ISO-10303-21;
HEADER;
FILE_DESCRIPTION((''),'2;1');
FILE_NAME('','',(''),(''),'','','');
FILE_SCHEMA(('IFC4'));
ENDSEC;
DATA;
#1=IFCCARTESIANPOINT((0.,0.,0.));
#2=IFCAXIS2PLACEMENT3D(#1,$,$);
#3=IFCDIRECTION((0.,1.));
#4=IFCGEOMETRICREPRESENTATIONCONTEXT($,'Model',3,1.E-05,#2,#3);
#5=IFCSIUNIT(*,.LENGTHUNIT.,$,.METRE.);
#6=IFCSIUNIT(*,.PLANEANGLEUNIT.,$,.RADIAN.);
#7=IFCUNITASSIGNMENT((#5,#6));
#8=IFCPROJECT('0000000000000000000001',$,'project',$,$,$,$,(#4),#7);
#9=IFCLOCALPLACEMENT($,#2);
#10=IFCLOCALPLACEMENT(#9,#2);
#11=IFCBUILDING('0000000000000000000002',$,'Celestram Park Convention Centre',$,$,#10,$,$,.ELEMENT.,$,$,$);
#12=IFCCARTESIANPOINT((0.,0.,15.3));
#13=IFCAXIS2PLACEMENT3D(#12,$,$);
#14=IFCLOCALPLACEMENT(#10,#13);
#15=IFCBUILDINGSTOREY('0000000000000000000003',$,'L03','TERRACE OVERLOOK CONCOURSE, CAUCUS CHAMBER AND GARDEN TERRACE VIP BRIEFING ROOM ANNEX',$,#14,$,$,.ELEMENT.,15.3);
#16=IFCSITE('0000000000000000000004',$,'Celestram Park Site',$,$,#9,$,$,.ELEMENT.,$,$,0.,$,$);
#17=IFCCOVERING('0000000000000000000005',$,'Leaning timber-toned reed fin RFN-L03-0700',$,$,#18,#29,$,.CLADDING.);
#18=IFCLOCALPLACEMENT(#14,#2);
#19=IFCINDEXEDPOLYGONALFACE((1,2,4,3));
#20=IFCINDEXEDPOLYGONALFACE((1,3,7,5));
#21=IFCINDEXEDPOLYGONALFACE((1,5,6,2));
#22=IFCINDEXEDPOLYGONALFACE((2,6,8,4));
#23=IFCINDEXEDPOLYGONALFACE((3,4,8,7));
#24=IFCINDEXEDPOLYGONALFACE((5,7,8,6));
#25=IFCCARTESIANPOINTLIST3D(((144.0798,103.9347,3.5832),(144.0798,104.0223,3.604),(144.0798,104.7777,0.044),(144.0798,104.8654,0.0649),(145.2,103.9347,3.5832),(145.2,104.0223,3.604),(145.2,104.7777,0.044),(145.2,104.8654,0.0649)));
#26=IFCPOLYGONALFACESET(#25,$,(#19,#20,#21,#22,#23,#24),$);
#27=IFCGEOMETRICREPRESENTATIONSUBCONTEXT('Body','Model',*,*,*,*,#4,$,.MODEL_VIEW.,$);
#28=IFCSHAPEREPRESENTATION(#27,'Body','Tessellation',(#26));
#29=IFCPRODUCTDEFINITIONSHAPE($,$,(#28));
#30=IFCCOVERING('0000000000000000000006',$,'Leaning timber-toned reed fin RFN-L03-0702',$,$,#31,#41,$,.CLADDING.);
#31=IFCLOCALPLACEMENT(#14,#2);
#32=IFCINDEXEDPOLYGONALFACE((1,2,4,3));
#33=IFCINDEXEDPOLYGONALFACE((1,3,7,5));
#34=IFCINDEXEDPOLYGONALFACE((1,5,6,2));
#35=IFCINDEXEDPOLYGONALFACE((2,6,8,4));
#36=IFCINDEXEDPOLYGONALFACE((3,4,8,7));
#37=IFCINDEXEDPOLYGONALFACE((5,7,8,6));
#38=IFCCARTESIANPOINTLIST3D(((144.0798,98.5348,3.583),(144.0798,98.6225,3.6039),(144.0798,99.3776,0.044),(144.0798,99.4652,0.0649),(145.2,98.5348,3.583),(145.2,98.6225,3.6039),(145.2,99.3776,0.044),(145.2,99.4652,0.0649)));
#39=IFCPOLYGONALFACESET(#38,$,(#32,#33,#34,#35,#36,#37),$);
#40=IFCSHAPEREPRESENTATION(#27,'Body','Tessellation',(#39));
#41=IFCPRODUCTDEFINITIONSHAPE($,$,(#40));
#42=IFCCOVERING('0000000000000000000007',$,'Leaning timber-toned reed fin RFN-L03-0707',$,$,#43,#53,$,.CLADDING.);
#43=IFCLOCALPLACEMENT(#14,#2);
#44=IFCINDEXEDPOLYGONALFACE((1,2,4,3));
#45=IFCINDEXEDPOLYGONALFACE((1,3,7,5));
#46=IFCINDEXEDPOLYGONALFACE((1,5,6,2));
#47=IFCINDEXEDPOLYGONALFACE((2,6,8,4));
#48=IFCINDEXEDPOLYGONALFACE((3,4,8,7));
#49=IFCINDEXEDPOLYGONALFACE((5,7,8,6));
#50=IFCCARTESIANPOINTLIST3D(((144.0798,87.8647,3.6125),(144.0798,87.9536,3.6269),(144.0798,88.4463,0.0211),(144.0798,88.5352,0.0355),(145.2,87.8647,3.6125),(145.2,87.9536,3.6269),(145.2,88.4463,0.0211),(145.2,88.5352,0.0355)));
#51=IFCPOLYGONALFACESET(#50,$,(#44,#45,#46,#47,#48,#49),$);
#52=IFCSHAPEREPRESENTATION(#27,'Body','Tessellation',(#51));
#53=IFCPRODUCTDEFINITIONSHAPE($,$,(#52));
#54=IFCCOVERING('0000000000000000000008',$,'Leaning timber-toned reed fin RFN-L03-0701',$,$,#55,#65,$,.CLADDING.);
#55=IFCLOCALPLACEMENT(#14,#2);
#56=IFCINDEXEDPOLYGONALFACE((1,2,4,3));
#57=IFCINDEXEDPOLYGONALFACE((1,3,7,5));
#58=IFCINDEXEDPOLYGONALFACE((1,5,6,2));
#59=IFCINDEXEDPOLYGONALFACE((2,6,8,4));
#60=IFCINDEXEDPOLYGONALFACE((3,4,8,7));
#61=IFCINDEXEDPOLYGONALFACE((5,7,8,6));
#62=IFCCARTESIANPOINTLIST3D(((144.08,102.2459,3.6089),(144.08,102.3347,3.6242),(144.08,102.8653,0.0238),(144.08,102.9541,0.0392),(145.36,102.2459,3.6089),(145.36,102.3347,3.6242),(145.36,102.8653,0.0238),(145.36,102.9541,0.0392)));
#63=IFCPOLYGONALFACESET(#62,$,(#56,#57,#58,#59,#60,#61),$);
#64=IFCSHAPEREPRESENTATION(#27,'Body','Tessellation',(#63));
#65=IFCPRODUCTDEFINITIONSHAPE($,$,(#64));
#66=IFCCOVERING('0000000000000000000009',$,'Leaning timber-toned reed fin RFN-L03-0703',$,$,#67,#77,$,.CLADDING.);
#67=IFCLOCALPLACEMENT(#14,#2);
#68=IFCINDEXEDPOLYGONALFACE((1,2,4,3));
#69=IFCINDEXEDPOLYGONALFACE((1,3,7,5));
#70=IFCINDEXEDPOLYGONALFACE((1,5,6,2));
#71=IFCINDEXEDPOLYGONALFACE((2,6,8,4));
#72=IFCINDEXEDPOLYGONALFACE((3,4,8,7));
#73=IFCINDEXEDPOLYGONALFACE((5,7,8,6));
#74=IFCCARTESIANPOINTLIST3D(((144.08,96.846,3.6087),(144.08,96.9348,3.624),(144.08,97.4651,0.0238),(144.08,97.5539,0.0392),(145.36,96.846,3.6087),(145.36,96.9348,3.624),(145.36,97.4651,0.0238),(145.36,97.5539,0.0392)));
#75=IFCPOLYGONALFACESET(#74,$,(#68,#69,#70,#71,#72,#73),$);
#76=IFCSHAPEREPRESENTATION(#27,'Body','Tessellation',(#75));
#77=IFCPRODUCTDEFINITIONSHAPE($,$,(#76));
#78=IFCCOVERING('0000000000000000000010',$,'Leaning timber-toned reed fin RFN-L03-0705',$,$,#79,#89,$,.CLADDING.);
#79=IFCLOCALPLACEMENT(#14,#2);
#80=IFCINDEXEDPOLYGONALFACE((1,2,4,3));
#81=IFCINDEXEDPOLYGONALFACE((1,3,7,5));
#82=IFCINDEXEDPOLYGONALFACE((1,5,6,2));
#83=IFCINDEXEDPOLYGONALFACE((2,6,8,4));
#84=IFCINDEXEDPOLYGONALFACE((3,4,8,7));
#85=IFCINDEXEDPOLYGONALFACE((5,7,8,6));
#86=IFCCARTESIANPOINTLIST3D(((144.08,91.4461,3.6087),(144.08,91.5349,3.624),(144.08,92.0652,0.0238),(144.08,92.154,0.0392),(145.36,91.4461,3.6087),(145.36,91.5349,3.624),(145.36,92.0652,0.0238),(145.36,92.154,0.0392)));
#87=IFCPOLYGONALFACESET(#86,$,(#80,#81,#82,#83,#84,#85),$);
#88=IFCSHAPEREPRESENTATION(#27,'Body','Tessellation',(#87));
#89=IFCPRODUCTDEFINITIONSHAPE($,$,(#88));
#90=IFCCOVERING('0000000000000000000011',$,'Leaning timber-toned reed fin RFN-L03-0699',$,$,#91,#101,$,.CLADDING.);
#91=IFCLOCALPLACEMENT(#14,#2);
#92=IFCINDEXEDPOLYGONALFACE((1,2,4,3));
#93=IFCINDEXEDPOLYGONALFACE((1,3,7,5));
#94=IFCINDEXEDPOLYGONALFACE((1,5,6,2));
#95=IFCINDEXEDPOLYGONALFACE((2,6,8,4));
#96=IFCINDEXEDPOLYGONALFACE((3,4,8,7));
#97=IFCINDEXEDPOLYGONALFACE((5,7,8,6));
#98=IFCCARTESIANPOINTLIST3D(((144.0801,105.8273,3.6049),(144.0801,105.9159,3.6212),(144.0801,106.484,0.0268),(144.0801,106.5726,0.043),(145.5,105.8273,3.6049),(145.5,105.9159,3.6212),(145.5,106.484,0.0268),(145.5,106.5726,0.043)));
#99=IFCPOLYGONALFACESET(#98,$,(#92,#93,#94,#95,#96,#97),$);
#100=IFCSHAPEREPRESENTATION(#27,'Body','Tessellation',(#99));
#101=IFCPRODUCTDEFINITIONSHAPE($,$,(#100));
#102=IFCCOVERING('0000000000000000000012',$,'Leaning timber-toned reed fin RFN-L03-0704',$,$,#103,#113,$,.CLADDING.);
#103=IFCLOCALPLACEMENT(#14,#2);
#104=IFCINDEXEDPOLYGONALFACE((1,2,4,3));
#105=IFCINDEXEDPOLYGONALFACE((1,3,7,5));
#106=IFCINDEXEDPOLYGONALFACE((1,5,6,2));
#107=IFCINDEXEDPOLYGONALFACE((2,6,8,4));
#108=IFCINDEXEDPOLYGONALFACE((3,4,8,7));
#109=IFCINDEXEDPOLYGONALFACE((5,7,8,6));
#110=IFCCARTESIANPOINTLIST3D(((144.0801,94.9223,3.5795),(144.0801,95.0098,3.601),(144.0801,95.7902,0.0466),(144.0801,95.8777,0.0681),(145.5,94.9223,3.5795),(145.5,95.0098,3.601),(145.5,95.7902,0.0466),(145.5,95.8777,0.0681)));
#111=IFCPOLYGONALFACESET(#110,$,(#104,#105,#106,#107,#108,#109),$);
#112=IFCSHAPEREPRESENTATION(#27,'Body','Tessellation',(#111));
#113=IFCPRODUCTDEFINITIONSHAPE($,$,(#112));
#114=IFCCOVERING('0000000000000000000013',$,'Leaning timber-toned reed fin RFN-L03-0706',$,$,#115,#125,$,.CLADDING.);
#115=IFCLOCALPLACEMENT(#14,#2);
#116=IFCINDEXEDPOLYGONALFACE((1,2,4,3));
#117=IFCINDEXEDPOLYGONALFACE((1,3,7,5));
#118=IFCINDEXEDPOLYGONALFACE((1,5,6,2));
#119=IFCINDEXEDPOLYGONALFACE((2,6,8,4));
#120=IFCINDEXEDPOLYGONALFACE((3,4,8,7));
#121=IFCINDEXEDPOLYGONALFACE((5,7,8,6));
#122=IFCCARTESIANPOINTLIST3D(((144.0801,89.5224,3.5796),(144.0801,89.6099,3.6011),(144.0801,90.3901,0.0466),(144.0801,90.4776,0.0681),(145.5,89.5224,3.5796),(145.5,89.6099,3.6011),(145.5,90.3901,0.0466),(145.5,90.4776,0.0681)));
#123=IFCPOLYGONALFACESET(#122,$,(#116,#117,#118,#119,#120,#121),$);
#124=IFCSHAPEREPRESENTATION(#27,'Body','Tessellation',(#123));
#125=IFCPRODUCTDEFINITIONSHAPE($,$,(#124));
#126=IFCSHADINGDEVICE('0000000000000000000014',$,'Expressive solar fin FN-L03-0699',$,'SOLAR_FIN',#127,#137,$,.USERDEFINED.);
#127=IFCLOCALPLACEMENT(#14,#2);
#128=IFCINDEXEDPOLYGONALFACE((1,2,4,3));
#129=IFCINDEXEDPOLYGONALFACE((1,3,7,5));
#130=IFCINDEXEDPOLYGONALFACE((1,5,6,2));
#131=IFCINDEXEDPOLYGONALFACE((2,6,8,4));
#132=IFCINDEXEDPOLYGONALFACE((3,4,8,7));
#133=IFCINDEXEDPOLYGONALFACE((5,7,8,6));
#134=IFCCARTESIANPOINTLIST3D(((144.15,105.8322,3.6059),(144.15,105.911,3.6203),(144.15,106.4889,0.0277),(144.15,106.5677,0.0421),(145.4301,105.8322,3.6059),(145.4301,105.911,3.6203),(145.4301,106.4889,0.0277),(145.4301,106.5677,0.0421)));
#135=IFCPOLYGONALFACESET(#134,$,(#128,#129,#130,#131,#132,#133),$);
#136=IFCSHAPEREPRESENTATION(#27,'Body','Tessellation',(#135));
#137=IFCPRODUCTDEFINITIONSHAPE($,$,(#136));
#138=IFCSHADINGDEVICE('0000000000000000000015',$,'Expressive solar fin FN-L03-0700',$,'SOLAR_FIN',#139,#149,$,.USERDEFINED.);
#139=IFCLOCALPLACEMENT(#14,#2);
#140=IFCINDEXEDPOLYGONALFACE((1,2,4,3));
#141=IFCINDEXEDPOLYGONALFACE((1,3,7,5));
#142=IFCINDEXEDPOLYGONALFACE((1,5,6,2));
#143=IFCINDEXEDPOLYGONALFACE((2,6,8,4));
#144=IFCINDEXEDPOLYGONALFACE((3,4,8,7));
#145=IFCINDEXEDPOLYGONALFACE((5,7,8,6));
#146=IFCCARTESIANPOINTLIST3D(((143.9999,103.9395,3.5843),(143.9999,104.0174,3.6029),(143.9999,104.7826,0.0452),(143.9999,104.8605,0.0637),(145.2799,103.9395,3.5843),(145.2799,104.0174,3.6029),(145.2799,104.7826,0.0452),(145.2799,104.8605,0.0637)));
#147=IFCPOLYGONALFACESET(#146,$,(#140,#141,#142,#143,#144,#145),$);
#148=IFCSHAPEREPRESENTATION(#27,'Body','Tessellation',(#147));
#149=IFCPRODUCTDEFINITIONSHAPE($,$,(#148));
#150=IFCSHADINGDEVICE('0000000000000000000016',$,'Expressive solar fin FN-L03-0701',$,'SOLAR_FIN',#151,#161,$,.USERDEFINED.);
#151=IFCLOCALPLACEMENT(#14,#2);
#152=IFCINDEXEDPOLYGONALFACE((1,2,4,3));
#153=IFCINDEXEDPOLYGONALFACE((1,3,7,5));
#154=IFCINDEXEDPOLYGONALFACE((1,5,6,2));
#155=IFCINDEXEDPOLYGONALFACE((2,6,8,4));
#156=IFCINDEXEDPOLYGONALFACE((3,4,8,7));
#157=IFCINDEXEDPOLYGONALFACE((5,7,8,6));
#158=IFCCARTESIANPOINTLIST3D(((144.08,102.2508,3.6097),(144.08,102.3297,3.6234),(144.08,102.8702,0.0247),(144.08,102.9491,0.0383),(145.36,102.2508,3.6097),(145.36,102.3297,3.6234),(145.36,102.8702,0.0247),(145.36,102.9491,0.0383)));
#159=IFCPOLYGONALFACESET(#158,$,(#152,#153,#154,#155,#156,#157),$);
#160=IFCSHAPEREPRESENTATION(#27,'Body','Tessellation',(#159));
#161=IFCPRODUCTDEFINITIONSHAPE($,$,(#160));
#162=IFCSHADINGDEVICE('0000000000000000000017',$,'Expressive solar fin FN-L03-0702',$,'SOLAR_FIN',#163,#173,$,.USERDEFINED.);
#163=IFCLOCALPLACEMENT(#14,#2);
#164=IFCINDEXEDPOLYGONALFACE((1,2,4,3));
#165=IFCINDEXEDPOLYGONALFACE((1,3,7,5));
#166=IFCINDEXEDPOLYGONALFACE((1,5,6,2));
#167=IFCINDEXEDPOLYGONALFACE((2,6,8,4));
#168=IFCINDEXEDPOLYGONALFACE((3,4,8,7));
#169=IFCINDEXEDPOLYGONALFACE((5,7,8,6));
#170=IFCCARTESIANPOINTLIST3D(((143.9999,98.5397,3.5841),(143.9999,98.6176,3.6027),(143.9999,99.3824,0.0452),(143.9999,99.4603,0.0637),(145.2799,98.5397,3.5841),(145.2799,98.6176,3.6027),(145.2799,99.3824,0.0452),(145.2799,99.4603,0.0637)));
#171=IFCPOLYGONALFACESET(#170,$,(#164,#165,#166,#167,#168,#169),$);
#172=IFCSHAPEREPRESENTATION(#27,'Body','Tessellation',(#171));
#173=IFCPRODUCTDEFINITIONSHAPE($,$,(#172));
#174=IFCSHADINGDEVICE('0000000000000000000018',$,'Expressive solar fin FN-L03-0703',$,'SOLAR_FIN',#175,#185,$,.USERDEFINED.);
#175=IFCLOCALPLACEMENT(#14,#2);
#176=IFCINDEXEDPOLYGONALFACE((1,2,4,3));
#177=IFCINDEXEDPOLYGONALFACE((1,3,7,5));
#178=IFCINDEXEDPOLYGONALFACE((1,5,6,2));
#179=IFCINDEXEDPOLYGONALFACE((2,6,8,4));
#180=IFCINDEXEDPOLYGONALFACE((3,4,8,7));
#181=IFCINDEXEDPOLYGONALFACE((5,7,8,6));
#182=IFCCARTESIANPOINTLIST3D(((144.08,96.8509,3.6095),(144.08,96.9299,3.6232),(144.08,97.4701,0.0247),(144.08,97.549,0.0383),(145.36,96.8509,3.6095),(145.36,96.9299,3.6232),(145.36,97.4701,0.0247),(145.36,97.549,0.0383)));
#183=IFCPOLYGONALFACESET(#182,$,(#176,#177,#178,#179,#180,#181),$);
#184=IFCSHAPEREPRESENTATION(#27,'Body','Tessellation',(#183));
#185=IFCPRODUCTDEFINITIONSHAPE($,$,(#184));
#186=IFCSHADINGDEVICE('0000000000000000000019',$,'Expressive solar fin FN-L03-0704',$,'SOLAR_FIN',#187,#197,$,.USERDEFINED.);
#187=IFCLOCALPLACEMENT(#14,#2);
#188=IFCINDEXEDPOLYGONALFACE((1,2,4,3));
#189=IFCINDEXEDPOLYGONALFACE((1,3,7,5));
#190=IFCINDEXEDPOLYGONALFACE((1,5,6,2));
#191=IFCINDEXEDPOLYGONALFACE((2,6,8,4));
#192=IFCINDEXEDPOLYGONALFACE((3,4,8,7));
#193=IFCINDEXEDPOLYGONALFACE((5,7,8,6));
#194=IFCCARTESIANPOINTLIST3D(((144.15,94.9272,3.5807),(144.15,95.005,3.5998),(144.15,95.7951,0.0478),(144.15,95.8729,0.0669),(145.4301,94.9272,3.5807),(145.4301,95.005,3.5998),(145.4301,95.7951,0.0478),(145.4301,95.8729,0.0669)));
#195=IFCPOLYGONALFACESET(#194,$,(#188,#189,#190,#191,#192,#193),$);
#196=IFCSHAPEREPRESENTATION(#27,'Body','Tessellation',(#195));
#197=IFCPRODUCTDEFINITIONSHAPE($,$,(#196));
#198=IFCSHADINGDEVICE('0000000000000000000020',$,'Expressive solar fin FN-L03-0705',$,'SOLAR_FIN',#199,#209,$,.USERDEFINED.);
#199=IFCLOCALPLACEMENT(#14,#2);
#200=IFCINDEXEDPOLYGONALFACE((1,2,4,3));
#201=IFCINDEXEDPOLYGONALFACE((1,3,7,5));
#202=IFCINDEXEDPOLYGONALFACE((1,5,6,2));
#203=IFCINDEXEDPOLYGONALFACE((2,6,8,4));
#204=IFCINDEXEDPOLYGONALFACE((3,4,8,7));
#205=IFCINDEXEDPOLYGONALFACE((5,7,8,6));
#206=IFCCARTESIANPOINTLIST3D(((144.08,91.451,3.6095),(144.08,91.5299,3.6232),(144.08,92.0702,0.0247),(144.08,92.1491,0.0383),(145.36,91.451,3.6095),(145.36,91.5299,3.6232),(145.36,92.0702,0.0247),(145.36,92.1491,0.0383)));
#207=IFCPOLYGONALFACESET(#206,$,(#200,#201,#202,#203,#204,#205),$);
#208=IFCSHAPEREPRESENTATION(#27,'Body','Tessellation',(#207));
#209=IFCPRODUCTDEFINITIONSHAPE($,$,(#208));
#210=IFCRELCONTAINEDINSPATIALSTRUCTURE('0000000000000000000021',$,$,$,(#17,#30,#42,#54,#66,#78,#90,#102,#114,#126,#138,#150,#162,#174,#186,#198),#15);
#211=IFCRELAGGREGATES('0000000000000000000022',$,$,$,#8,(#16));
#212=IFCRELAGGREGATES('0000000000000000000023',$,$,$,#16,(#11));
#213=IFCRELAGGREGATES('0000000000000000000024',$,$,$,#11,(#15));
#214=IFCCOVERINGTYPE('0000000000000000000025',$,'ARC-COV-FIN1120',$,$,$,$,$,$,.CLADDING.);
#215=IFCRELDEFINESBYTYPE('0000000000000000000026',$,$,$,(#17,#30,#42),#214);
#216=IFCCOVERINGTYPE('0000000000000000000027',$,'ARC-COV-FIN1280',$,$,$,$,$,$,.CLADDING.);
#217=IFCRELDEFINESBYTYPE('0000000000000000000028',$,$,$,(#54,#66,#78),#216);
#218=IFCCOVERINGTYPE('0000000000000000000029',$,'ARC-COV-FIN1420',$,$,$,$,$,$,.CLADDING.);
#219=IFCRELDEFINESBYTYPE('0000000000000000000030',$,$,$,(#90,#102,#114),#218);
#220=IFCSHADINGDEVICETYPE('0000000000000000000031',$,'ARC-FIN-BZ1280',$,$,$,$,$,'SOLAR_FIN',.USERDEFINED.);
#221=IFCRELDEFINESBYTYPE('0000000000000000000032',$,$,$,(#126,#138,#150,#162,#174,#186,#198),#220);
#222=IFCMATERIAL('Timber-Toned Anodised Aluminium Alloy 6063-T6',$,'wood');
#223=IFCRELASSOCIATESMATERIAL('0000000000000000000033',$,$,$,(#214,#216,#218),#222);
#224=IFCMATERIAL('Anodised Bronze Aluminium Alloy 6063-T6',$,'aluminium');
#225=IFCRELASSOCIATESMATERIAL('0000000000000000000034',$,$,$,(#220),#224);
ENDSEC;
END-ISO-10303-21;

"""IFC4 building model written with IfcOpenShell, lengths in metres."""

from ifc_helpers import new_model, si_unit, direction, frame, origin, origin_2d, place, context, subcontext, project, spatial, rectangle, extrude, material, material_profile, profile_set, type_object, element, save


model = new_model("IFC4")

# Units and contexts
model_context = context("Model", 3, precision=1e-05, world=origin(), true_north=direction((0.0, 1.0)))
body_context = subcontext(model_context, "Body", "Model", "MODEL_VIEW")
ifc_project = project(units=[si_unit("LENGTHUNIT", "METRE"), si_unit("PLANEANGLEUNIT", "RADIAN")], contexts=[model_context])

# Site, building, storey
site_placement = place(None, origin())
site = spatial("IfcSite", under=ifc_project, at=site_placement, Name="Celestram Park Site", CompositionType="ELEMENT", RefElevation=0.0)
building_placement = place(site_placement, origin())
building = spatial("IfcBuilding", under=site, at=building_placement, Name="Celestram Park Convention Centre", CompositionType="ELEMENT")
storey_placement = place(building_placement, frame((0.0, 0.0, 15.3)))
storey = spatial("IfcBuildingStorey", under=building, at=storey_placement, Name="L03", Description="TERRACE OVERLOOK CONCOURSE, CAUCUS CHAMBER AND GARDEN TERRACE VIP BRIEFING ROOM ANNEX", CompositionType="ELEMENT", Elevation=15.3)

# Coverings
ifc_material_1 = material(Name="Timber-Toned Anodised Aluminium Alloy 6063-T6", Category="wood")
ifc_material_profile_1 = material_profile(ifc_material_1, rectangle(XDim=1.1201, YDim=0.0901, at=origin_2d()), Name="REED1120X90")
ifc_profile_set_1 = profile_set([ifc_material_profile_1], Name="Timber-Toned Anodised Aluminium Alloy 6063-T6")
covering_type_1 = type_object("IfcCoveringType", Name="ARC-COV-FIN1120", PredefinedType="CLADDING", material=ifc_profile_set_1)
covering_1_placement = place(storey_placement, frame((144.6399, 104.8215, 0.0544), z_axis=(0.0, -0.23172, 0.972782), x_axis=(1.0, 0.0, 0.0)))
element("IfcCovering", 1, at=covering_1_placement, inside=storey, type_object=covering_type_1, Name="Leaning timber-toned reed fin RFN-L03-0700", PredefinedType="CLADDING", context=body_context, shape_type="SweptSolid", body=[
    extrude(rectangle(XDim=1.1201, YDim=0.0901, at=origin_2d()), origin(), (0.0, 0.0, 1.0), 3.6382),
])
covering_2_placement = place(storey_placement, frame((144.6399, 99.4214, 0.0544), z_axis=(0.0, -0.231657, 0.972798), x_axis=(1.0, 0.0, 0.0)))
element("IfcCovering", 2, at=covering_2_placement, inside=storey, type_object=covering_type_1, Name="Leaning timber-toned reed fin RFN-L03-0702", PredefinedType="CLADDING", context=body_context, shape_type="SweptSolid", body=[
    extrude(rectangle(XDim=1.1201, YDim=0.0901, at=origin_2d()), origin(), (0.0, 0.0, 1.0), 3.6379),
])
covering_3_placement = place(storey_placement, frame((144.6399, 88.4907, 0.0283), z_axis=(0.0, -0.159848, 0.987142), x_axis=(1.0, 0.0, 0.0)))
element("IfcCovering", 3, at=covering_3_placement, inside=storey, type_object=covering_type_1, Name="Leaning timber-toned reed fin RFN-L03-0707", PredefinedType="CLADDING", context=body_context, shape_type="SweptSolid", body=[
    extrude(rectangle(XDim=1.1201, YDim=0.0901, at=origin_2d()), origin(), (0.0, 0.0, 1.0), 3.6382),
])
ifc_material_profile_2 = material_profile(ifc_material_1, rectangle(XDim=1.28, YDim=0.0901, at=origin_2d()), Name="REED1280X90")
ifc_profile_set_2 = profile_set([ifc_material_profile_2], Name="Timber-Toned Anodised Aluminium Alloy 6063-T6")
covering_type_2 = type_object("IfcCoveringType", Name="ARC-COV-FIN1280", PredefinedType="CLADDING", material=ifc_profile_set_2)
covering_4_placement = place(storey_placement, frame((144.72, 102.9097, 0.0315), z_axis=(0.0, -0.170251, 0.985401), x_axis=(1.0, 0.0, 0.0)))
element("IfcCovering", 4, at=covering_4_placement, inside=storey, type_object=covering_type_2, Name="Leaning timber-toned reed fin RFN-L03-0701", PredefinedType="CLADDING", context=body_context, shape_type="SweptSolid", body=[
    extrude(rectangle(XDim=1.28, YDim=0.0901, at=origin_2d()), origin(), (0.0, 0.0, 1.0), 3.6382),
])
for number, where, z_axis, x_axis, name in (
    (5, (144.72, 97.5095, 0.0315), (0.0, -0.170186, 0.985412), (1.0, 0.0, 0.0), "Leaning timber-toned reed fin RFN-L03-0703"),
    (6, (144.72, 92.1096, 0.0315), (0.0, -0.170186, 0.985412), (1.0, 0.0, 0.0), "Leaning timber-toned reed fin RFN-L03-0705"),
):
    element("IfcCovering", number, at=place(storey_placement, frame(where, z_axis=z_axis, x_axis=x_axis)), inside=storey, type_object=covering_type_2, Name=name, PredefinedType="CLADDING", context=body_context, shape_type="SweptSolid", body=[
        extrude(rectangle(XDim=1.28, YDim=0.0901, at=origin_2d()), origin(), (0.0, 0.0, 1.0), 3.6379),
    ])
ifc_material_profile_3 = material_profile(ifc_material_1, rectangle(XDim=1.4199, YDim=0.0901, at=origin_2d()), Name="REED1420X90")
ifc_profile_set_3 = profile_set([ifc_material_profile_3], Name="Timber-Toned Anodised Aluminium Alloy 6063-T6")
covering_type_3 = type_object("IfcCoveringType", Name="ARC-COV-FIN1420", PredefinedType="CLADDING", material=ifc_profile_set_3)
for number, where, z_axis, x_axis, name in (
    (7, (144.79, 106.5283, 0.0349), (0.0, -0.180527, 0.98357), (1.0, 0.0, 0.0), "Leaning timber-toned reed fin RFN-L03-0699"),
    (8, (144.79, 95.834, 0.0574), (0.0, -0.23857, 0.971125), (1.0, 0.0, 0.0), "Leaning timber-toned reed fin RFN-L03-0704"),
    (9, (144.79, 90.4338, 0.0574), (0.0, -0.238507, 0.971141), (1.0, 0.0, 0.0), "Leaning timber-toned reed fin RFN-L03-0706"),
):
    element("IfcCovering", number, at=place(storey_placement, frame(where, z_axis=z_axis, x_axis=x_axis)), inside=storey, type_object=covering_type_3, Name=name, PredefinedType="CLADDING", context=body_context, shape_type="SweptSolid", body=[
        extrude(rectangle(XDim=1.4199, YDim=0.0901, at=origin_2d()), origin(), (0.0, 0.0, 1.0), 3.6379),
    ])

# Shading devices
ifc_material_2 = material(Name="Anodised Bronze Aluminium Alloy 6063-T6", Category="aluminium")
ifc_material_profile_4 = material_profile(ifc_material_2, rectangle(XDim=1.28, YDim=0.0801, at=origin_2d()), Name="FIN1280X80")
ifc_profile_set_4 = profile_set([ifc_material_profile_4], Name="Anodised Bronze Aluminium Alloy 6063-T6")
shading_device_type = type_object("IfcShadingDeviceType", Name="ARC-FIN-BZ1280", ElementType="SOLAR_FIN", PredefinedType="USERDEFINED", material=ifc_profile_set_4)
shading_device_1_placement = place(storey_placement, frame((144.79, 106.5283, 0.0349), z_axis=(0.0, -0.180527, 0.98357), x_axis=(1.0, 0.0, 0.0)))
element("IfcShadingDevice", 10, at=shading_device_1_placement, inside=storey, type_object=shading_device_type, Name="Expressive solar fin FN-L03-0699", ObjectType="SOLAR_FIN", PredefinedType="USERDEFINED", context=body_context, shape_type="SweptSolid", body=[
    extrude(rectangle(XDim=1.28, YDim=0.0801, at=origin_2d()), origin(), (0.0, 0.0, 1.0), 3.6379),
])
for number, where, z_axis, x_axis, name in (
    (11, (144.6399, 104.8215, 0.0544), (0.0, -0.23172, 0.972782), (1.0, 0.0, 0.0), "Expressive solar fin FN-L03-0700"),
    (12, (144.72, 102.9097, 0.0315), (0.0, -0.170251, 0.985401), (1.0, 0.0, 0.0), "Expressive solar fin FN-L03-0701"),
):
    element("IfcShadingDevice", number, at=place(storey_placement, frame(where, z_axis=z_axis, x_axis=x_axis)), inside=storey, type_object=shading_device_type, Name=name, ObjectType="SOLAR_FIN", PredefinedType="USERDEFINED", context=body_context, shape_type="SweptSolid", body=[
        extrude(rectangle(XDim=1.28, YDim=0.0801, at=origin_2d()), origin(), (0.0, 0.0, 1.0), 3.6382),
    ])
for number, where, z_axis, x_axis, name in (
    (13, (144.6399, 99.4214, 0.0544), (0.0, -0.231657, 0.972798), (1.0, 0.0, 0.0), "Expressive solar fin FN-L03-0702"),
    (14, (144.72, 97.5095, 0.0315), (0.0, -0.170186, 0.985412), (1.0, 0.0, 0.0), "Expressive solar fin FN-L03-0703"),
    (15, (144.79, 95.834, 0.0574), (0.0, -0.23857, 0.971125), (1.0, 0.0, 0.0), "Expressive solar fin FN-L03-0704"),
    (16, (144.72, 92.1096, 0.0315), (0.0, -0.170186, 0.985412), (1.0, 0.0, 0.0), "Expressive solar fin FN-L03-0705"),
):
    element("IfcShadingDevice", number, at=place(storey_placement, frame(where, z_axis=z_axis, x_axis=x_axis)), inside=storey, type_object=shading_device_type, Name=name, ObjectType="SOLAR_FIN", PredefinedType="USERDEFINED", context=body_context, shape_type="SweptSolid", body=[
        extrude(rectangle(XDim=1.28, YDim=0.0801, at=origin_2d()), origin(), (0.0, 0.0, 1.0), 3.6379),
    ])

save(model, "model.ifc")
